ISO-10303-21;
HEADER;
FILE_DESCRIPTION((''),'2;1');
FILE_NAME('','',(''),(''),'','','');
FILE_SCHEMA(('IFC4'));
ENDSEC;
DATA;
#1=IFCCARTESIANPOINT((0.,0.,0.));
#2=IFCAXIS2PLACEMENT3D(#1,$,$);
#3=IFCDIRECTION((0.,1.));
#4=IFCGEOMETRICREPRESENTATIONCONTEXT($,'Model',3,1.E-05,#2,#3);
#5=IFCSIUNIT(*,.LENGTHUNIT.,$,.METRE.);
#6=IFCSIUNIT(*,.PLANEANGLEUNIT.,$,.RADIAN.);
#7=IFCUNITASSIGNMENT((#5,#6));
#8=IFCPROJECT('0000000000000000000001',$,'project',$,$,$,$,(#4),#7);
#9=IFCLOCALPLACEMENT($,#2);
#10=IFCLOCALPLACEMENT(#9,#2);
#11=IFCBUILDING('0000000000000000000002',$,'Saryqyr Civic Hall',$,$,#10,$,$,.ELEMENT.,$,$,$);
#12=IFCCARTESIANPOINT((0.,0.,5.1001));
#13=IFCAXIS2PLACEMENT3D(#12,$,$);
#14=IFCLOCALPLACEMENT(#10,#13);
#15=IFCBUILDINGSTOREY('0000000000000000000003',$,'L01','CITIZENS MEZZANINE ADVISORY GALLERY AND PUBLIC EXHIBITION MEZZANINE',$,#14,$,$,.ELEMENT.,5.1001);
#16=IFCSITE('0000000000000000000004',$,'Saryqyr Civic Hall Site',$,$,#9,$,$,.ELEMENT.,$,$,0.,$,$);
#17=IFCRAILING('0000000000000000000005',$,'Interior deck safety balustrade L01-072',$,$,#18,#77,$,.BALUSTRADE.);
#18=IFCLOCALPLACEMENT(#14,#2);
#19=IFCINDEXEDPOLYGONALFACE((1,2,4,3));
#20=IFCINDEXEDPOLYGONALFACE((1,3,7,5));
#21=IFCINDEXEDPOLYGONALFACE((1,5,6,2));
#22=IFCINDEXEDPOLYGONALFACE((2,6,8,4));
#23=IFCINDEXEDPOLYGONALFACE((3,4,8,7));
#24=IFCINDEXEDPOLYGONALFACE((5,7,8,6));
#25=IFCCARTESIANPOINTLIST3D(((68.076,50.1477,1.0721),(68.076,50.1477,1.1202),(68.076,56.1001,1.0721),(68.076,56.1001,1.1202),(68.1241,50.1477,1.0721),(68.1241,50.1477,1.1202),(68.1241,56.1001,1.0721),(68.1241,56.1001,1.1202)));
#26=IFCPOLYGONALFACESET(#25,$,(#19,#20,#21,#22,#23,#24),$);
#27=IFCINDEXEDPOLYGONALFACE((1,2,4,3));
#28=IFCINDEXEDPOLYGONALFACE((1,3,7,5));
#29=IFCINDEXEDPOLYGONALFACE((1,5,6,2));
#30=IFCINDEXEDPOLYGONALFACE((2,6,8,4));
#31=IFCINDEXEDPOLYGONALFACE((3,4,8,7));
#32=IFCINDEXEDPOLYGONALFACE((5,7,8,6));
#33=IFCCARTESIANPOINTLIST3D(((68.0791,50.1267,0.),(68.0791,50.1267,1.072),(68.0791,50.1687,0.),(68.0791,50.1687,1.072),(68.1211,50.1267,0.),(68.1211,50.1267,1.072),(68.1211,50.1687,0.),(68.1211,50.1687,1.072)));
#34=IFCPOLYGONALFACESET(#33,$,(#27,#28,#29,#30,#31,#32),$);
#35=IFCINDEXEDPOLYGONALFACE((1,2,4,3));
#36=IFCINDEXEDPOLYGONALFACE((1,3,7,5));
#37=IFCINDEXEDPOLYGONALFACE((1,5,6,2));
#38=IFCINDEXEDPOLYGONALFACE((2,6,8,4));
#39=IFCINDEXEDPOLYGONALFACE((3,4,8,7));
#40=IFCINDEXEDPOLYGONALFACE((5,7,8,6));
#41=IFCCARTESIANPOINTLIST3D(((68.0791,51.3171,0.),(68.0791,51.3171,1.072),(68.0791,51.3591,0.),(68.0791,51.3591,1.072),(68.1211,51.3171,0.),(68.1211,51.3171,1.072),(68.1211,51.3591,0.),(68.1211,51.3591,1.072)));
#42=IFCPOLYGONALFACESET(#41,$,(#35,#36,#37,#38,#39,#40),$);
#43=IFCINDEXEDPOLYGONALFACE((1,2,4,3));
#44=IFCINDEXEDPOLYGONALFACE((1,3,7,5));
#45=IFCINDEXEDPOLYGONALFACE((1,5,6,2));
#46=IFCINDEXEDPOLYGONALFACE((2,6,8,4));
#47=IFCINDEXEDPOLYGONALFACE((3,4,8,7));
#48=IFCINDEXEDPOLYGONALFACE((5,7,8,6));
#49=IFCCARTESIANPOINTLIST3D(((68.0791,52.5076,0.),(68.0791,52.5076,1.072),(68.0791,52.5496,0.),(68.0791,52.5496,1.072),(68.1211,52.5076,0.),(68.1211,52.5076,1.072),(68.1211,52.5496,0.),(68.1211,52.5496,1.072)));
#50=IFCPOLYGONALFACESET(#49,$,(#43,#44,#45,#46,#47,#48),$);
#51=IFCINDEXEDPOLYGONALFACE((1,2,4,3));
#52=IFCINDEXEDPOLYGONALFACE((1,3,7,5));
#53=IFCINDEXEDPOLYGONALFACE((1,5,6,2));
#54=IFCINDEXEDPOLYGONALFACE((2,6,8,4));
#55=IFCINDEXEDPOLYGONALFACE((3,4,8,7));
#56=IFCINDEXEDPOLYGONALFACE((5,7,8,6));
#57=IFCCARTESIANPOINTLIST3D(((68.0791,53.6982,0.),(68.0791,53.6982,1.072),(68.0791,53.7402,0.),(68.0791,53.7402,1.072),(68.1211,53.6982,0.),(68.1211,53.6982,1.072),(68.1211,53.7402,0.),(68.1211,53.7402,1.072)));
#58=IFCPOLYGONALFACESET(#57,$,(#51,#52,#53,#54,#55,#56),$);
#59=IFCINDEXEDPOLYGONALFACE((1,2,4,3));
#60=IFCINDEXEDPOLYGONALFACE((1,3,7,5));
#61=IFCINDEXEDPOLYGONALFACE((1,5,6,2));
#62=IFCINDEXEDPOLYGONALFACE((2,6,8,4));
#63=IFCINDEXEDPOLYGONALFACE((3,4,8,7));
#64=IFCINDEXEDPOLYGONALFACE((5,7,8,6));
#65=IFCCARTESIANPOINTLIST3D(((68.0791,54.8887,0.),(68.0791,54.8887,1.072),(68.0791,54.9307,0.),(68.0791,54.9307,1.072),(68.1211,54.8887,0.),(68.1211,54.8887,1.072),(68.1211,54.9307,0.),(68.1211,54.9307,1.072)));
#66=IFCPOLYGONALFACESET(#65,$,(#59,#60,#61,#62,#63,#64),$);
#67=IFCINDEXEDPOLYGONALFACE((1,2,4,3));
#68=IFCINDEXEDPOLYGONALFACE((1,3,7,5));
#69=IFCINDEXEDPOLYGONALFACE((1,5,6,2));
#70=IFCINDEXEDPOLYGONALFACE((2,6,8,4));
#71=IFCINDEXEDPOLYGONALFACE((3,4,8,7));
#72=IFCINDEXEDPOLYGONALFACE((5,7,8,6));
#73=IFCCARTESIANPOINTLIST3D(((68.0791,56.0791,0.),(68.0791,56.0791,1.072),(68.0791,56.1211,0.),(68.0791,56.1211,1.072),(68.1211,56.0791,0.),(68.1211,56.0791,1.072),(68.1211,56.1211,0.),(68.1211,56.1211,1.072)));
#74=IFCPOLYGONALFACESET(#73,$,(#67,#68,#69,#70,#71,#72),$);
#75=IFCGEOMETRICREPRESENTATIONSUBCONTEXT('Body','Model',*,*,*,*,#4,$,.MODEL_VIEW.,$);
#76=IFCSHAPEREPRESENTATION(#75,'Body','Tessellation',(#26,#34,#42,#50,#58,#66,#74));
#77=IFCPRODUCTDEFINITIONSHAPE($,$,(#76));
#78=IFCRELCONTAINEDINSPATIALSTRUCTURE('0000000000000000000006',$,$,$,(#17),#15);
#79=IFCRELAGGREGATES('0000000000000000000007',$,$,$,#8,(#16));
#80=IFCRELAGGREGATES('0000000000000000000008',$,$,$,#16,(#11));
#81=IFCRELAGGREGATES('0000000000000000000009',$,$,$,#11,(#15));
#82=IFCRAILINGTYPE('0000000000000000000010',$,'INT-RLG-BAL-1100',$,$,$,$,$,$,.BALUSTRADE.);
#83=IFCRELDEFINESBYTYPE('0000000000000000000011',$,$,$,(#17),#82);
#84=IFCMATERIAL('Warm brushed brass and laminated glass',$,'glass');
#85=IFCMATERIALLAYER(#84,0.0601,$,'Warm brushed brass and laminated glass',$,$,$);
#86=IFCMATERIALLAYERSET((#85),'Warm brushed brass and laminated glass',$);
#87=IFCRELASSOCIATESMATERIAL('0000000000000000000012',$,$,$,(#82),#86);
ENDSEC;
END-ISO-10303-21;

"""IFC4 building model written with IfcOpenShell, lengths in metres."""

from ifc_helpers import new_model, si_unit, direction, frame, origin, origin_2d, place, context, subcontext, project, spatial, rectangle, extrude, material, layer, layer_set, type_object, element, save


model = new_model("IFC4")

# Units and contexts
model_context = context("Model", 3, precision=1e-05, world=origin(), true_north=direction((0.0, 1.0)))
body_context = subcontext(model_context, "Body", "Model", "MODEL_VIEW")
ifc_project = project(units=[si_unit("LENGTHUNIT", "METRE"), si_unit("PLANEANGLEUNIT", "RADIAN")], contexts=[model_context])

# Site, building, storey
site_placement = place(None, origin())
site = spatial("IfcSite", under=ifc_project, at=site_placement, Name="Saryqyr Civic Hall Site", CompositionType="ELEMENT", RefElevation=0.0)
building_placement = place(site_placement, origin())
building = spatial("IfcBuilding", under=site, at=building_placement, Name="Saryqyr Civic Hall", CompositionType="ELEMENT")
storey_placement = place(building_placement, frame((0.0, 0.0, 5.1001)))
storey = spatial("IfcBuildingStorey", under=building, at=storey_placement, Name="L01", Description="CITIZENS MEZZANINE ADVISORY GALLERY AND PUBLIC EXHIBITION MEZZANINE", CompositionType="ELEMENT", Elevation=5.1001)

# Railing
ifc_material_1 = material(Name="Warm brushed brass and laminated glass", Category="glass")
ifc_layer_1 = layer(ifc_material_1, 0.0601, Name="Warm brushed brass and laminated glass")
ifc_layer_set_1 = layer_set([ifc_layer_1], Name="Warm brushed brass and laminated glass")
railing_type = type_object("IfcRailingType", Name="INT-RLG-BAL-1100", PredefinedType="BALUSTRADE", material=ifc_layer_set_1)
railing_1_placement = place(storey_placement, frame((68.1001, 50.1477, 0.0)))
element("IfcRailing", 1, at=railing_1_placement, inside=storey, type_object=railing_type, Name="Interior deck safety balustrade L01-072", PredefinedType="BALUSTRADE", context=body_context, shape_type="SweptSolid", body=[
    extrude(rectangle(XDim=0.0481, YDim=0.0481, at=origin_2d()), frame((0.0, 0.0, 1.0962), z_axis=(0.0, 1.0, 0.0), x_axis=(-1.0, 0.0, 0.0)), (0.0, 0.0, 1.0), 5.9524),
    extrude(rectangle(XDim=0.042, YDim=0.042, at=origin_2d()), origin(), (0.0, 0.0, 1.0), 1.072),
    extrude(rectangle(XDim=0.042, YDim=0.042, at=origin_2d()), frame((0.0, 1.1904, 0.0)), (0.0, 0.0, 1.0), 1.072),
    extrude(rectangle(XDim=0.042, YDim=0.042, at=origin_2d()), frame((0.0, 2.3809, 0.0)), (0.0, 0.0, 1.0), 1.072),
    extrude(rectangle(XDim=0.042, YDim=0.042, at=origin_2d()), frame((0.0, 3.5715, 0.0)), (0.0, 0.0, 1.0), 1.072),
    extrude(rectangle(XDim=0.042, YDim=0.042, at=origin_2d()), frame((0.0, 4.762, 0.0)), (0.0, 0.0, 1.0), 1.072),
    extrude(rectangle(XDim=0.042, YDim=0.042, at=origin_2d()), frame((0.0, 5.9524, 0.0)), (0.0, 0.0, 1.0), 1.072),
])

save(model, "model.ifc")
